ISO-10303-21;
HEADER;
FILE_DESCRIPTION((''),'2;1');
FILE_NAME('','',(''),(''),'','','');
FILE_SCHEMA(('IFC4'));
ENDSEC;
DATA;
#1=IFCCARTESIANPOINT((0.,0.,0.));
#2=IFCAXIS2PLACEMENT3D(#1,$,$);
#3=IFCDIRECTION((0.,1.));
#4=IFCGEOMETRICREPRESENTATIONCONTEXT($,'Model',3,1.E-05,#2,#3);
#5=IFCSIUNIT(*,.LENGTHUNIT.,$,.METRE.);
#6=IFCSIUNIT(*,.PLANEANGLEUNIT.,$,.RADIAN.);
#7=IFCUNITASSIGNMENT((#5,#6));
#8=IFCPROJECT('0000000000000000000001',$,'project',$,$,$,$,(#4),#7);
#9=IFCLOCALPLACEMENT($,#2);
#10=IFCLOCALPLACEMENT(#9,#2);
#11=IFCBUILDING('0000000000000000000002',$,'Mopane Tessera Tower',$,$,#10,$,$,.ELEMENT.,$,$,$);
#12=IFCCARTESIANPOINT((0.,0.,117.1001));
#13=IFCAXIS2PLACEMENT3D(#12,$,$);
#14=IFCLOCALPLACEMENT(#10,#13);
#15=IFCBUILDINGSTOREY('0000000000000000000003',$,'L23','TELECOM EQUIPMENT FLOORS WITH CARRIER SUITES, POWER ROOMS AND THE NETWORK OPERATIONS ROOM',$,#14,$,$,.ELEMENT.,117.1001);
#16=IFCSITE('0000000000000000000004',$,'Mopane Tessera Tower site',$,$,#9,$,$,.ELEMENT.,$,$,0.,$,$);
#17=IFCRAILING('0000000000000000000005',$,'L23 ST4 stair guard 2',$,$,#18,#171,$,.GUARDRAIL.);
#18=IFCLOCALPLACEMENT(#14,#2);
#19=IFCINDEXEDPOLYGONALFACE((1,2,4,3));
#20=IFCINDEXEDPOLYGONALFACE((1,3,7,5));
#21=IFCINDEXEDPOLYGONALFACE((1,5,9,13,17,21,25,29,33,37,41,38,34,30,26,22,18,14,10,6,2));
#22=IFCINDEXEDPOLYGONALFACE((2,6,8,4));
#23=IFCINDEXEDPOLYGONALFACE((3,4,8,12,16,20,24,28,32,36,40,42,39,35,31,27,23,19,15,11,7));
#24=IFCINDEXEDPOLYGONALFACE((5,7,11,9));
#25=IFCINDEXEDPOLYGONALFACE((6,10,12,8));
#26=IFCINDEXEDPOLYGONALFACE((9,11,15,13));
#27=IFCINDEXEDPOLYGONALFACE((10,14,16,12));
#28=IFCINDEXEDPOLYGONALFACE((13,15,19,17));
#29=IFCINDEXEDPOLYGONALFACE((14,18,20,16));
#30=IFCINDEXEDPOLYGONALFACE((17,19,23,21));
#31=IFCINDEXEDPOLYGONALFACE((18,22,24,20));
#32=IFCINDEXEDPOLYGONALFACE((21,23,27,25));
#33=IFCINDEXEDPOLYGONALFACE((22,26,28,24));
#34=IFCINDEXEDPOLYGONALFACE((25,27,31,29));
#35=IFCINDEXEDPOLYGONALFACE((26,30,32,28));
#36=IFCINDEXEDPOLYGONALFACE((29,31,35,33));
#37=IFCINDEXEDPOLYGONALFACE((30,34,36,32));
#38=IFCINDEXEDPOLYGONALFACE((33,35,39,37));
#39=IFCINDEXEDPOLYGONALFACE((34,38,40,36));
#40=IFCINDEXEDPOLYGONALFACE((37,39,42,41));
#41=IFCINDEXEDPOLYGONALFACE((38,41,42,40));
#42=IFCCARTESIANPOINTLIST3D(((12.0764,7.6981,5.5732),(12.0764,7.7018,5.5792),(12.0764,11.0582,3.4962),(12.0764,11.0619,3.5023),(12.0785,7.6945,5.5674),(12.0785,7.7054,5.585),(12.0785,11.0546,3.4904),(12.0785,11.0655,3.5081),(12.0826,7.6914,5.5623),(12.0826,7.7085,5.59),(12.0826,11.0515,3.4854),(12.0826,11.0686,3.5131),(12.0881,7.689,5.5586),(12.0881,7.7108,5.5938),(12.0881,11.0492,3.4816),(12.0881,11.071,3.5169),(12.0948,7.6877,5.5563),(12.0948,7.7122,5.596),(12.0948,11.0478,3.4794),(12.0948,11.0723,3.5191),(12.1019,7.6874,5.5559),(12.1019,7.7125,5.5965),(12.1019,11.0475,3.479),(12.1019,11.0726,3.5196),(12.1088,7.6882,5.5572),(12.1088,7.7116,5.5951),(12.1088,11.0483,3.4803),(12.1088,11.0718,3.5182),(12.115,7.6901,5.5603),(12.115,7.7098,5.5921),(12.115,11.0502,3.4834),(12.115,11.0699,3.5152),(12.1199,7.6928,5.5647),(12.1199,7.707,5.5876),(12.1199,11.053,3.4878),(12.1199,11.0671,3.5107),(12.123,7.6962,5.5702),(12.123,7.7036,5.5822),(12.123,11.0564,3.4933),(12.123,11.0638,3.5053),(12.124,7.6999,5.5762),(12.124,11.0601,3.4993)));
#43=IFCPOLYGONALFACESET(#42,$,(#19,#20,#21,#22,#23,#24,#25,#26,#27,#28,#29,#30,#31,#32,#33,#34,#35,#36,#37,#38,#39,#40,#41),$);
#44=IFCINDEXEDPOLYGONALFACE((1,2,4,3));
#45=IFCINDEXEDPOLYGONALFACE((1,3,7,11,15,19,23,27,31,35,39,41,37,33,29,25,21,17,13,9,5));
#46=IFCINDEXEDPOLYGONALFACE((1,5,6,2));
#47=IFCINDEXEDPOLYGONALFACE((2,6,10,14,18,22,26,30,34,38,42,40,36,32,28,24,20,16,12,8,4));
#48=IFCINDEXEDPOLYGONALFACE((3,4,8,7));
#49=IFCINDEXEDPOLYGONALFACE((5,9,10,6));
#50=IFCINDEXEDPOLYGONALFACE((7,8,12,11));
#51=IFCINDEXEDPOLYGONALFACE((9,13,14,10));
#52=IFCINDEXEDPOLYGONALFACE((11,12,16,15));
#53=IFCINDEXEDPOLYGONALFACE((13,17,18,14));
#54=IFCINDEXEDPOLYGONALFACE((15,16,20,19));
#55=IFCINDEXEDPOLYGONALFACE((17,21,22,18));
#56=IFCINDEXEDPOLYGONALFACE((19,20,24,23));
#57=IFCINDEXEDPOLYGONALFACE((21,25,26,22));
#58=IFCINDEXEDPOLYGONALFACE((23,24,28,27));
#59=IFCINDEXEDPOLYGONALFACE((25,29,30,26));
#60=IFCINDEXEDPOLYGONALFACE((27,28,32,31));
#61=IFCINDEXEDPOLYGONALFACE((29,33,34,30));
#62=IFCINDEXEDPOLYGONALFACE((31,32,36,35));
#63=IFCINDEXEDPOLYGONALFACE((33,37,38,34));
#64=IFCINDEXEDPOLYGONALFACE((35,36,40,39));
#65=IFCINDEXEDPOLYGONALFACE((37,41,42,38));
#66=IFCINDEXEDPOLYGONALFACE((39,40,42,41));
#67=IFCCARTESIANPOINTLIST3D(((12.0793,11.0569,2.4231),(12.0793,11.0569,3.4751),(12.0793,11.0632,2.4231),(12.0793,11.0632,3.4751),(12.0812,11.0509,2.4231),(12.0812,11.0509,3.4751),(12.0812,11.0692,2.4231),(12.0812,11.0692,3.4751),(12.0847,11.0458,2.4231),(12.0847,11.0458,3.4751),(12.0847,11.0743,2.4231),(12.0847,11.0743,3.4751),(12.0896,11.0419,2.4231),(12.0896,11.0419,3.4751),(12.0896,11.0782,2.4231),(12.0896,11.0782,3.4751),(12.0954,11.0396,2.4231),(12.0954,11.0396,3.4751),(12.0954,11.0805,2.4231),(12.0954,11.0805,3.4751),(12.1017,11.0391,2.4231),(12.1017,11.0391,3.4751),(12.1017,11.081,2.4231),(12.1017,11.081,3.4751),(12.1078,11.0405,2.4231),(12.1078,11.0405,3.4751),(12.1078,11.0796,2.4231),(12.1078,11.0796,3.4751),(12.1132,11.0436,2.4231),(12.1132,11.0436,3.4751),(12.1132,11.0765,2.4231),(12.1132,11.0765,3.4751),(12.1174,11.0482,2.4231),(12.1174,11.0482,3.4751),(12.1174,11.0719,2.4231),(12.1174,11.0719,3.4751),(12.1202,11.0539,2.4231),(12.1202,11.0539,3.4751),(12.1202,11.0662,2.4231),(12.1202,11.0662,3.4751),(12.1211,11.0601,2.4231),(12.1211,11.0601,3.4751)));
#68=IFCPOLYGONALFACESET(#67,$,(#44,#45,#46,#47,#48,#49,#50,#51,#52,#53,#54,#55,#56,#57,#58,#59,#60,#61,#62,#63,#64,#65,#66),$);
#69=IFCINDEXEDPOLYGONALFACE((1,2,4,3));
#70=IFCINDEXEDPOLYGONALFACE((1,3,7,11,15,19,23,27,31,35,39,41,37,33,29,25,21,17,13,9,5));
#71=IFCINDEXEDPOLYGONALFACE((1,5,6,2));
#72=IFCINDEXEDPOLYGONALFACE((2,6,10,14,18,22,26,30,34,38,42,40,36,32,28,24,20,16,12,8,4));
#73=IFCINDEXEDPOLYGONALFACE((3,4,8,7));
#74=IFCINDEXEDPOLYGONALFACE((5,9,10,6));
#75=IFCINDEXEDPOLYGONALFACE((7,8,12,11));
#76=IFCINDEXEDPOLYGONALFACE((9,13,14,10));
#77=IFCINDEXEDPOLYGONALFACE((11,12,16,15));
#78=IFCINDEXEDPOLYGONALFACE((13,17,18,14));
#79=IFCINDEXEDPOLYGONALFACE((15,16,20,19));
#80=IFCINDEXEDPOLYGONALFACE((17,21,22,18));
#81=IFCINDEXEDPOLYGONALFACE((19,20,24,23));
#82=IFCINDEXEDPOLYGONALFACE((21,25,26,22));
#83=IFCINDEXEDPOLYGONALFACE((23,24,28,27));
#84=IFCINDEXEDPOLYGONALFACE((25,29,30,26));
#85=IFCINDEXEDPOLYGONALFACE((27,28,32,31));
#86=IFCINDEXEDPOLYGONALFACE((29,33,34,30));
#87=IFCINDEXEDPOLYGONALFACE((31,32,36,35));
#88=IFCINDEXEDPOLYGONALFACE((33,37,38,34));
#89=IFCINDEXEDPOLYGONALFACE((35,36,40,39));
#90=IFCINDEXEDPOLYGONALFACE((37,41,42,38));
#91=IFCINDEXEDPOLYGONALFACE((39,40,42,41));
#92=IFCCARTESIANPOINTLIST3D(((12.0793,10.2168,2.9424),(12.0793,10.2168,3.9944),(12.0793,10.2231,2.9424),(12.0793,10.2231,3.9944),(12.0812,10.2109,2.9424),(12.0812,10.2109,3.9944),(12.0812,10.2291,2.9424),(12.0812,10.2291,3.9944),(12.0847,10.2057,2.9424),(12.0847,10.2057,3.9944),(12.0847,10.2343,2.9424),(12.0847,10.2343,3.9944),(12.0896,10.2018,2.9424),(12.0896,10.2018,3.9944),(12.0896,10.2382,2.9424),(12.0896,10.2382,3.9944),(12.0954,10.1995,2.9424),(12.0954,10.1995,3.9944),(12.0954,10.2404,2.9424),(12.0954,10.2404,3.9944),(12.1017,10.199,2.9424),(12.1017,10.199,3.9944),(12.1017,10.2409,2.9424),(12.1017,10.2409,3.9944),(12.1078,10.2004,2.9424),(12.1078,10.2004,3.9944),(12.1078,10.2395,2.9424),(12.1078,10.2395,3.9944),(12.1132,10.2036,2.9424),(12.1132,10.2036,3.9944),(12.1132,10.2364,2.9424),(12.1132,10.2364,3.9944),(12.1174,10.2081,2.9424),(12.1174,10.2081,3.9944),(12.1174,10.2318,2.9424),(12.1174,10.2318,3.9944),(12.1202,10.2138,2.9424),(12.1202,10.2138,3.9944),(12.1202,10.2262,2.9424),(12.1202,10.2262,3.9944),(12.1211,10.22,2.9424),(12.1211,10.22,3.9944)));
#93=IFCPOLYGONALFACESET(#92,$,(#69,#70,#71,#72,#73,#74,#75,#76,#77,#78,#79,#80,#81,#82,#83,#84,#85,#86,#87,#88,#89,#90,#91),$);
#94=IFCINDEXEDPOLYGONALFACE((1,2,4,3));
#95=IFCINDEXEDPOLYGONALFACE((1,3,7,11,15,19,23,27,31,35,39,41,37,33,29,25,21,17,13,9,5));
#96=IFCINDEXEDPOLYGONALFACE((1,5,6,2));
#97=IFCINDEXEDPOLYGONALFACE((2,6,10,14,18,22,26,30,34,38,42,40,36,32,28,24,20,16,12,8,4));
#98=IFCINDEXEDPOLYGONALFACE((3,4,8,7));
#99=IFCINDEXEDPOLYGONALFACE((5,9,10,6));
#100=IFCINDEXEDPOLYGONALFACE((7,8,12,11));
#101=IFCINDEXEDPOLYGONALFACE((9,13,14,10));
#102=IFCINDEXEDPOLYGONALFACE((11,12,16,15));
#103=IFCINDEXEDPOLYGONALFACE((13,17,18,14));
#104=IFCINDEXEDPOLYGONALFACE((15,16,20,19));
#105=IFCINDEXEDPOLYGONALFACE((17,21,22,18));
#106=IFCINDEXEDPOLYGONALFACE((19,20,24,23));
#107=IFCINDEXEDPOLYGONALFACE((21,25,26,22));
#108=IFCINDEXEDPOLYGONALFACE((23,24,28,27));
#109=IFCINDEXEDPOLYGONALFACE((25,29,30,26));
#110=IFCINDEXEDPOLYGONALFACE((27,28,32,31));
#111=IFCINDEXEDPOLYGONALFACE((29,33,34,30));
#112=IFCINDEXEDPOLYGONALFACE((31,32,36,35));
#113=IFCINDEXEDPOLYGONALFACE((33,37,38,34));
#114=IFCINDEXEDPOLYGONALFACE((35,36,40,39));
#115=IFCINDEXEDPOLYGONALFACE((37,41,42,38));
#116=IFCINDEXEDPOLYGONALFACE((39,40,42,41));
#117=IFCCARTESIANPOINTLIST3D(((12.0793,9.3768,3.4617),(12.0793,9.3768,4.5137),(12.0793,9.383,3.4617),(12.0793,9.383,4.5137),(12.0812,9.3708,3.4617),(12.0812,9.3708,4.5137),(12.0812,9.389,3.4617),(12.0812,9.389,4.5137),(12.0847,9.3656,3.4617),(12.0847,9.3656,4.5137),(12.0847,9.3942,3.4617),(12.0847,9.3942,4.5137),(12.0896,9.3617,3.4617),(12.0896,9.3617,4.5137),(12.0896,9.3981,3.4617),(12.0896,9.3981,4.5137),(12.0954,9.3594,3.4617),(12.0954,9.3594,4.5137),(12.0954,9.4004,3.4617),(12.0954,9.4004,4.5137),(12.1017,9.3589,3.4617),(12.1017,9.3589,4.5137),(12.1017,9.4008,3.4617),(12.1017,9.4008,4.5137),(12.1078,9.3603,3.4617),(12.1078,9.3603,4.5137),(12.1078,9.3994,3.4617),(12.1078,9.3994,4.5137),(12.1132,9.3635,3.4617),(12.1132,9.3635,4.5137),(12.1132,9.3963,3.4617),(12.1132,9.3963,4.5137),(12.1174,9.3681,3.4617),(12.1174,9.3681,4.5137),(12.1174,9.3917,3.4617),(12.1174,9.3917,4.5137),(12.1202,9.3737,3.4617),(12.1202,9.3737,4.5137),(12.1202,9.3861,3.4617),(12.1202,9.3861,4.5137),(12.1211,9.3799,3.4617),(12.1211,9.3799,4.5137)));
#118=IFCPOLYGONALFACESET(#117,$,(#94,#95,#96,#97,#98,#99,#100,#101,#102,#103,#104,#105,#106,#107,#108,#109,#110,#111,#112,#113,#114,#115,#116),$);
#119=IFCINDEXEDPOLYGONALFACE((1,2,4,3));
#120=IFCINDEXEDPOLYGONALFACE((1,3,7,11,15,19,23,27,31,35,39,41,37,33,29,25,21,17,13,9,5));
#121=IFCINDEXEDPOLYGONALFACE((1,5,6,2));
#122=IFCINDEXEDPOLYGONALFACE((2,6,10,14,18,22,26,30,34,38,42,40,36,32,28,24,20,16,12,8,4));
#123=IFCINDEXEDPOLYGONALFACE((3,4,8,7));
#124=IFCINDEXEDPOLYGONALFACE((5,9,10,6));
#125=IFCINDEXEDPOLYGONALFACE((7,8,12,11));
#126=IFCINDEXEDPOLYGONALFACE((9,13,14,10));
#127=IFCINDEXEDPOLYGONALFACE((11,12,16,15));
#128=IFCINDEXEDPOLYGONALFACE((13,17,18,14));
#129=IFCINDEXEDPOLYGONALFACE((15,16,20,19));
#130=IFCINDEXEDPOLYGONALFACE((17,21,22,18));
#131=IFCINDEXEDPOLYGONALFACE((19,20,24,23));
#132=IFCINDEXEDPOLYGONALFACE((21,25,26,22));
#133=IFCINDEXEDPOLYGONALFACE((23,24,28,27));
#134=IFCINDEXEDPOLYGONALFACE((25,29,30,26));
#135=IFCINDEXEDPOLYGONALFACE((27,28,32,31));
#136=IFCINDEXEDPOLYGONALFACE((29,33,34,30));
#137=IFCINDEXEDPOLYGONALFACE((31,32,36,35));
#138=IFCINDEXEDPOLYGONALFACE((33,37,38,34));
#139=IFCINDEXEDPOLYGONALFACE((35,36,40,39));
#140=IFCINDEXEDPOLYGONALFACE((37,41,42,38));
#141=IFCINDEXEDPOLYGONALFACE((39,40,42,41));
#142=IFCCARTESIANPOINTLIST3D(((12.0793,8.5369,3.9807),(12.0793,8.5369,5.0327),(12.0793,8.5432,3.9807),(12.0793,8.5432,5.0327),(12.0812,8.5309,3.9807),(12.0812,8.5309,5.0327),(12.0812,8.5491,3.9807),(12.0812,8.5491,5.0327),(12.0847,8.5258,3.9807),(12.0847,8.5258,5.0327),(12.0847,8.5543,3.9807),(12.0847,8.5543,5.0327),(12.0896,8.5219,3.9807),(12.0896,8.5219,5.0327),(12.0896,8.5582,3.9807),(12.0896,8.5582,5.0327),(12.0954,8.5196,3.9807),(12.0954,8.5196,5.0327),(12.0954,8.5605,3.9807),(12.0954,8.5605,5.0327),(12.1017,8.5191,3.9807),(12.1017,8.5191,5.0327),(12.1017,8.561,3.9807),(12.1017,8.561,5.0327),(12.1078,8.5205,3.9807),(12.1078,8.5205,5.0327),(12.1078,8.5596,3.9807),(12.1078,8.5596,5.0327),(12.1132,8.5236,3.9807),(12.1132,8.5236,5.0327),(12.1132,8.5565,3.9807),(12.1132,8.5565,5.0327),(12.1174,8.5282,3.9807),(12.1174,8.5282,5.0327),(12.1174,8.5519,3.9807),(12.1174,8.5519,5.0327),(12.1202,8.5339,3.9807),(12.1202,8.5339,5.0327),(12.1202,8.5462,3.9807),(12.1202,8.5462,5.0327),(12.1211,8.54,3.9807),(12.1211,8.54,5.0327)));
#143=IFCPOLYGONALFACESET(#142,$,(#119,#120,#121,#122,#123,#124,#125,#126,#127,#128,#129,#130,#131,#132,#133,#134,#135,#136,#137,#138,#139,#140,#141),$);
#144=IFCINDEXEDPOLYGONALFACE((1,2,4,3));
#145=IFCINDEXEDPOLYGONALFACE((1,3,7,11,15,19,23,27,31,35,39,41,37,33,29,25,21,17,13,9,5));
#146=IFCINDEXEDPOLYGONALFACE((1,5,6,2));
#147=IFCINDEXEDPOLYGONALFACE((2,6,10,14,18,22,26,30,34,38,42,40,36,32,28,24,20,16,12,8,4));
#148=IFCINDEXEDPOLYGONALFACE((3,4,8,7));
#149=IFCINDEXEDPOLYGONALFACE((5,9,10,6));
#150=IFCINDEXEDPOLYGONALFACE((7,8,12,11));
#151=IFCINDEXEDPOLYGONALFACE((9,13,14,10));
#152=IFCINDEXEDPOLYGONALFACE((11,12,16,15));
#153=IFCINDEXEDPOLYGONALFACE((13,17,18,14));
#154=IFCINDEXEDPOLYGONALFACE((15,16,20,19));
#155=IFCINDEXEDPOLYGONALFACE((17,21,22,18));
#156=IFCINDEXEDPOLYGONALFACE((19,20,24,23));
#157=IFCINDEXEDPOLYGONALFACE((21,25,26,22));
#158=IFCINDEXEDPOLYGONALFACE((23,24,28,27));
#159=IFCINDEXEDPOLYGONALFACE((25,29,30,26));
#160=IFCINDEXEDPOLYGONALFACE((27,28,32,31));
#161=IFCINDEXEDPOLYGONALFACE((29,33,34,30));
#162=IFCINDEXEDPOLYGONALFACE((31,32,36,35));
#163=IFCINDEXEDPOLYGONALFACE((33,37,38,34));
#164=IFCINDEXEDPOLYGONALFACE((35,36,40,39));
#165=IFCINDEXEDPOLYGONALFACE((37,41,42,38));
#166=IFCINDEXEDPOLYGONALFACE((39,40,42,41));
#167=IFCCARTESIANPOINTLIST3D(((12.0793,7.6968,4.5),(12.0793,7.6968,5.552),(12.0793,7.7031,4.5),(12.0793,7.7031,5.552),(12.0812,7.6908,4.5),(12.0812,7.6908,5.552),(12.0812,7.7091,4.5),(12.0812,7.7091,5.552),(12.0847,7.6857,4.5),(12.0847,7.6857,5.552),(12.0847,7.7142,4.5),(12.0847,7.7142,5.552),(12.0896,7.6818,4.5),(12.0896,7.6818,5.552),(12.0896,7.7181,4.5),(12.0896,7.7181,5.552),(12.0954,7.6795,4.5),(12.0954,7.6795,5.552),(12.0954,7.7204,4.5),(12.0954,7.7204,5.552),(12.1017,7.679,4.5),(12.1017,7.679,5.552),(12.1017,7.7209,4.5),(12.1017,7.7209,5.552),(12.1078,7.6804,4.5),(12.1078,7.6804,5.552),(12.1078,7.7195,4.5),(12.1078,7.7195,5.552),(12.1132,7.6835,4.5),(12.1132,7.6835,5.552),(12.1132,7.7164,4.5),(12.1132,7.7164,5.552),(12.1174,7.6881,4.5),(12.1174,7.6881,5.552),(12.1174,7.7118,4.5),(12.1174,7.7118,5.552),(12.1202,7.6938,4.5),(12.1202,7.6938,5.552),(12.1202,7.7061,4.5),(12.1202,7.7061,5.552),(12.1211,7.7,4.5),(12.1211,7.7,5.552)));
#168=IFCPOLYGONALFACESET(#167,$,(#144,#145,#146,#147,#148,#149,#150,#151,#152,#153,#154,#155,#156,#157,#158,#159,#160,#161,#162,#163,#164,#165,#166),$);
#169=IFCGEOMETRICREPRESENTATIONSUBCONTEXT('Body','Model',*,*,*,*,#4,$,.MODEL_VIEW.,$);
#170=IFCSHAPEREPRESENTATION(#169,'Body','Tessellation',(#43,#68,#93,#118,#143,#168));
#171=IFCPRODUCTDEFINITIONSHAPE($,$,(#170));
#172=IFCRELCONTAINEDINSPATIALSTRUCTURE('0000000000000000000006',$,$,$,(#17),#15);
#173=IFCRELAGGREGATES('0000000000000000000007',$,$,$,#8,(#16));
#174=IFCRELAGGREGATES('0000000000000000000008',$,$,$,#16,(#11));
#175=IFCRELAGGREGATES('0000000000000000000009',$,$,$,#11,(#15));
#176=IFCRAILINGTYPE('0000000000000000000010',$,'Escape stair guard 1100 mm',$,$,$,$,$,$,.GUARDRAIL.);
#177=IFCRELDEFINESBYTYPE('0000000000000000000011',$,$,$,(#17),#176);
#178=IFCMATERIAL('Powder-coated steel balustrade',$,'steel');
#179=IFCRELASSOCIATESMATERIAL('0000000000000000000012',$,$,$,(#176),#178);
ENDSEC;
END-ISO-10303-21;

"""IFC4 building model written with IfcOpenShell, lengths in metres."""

from ifc_helpers import new_model, si_unit, direction, frame, origin, origin_2d, place, context, subcontext, project, spatial, circle, extrude, material, type_object, element, save


model = new_model("IFC4")

# Units and contexts
model_context = context("Model", 3, precision=1e-05, world=origin(), true_north=direction((0.0, 1.0)))
body_context = subcontext(model_context, "Body", "Model", "MODEL_VIEW")
ifc_project = project(units=[si_unit("LENGTHUNIT", "METRE"), si_unit("PLANEANGLEUNIT", "RADIAN")], contexts=[model_context])

# Site, building, storey
site_placement = place(None, origin())
site = spatial("IfcSite", under=ifc_project, at=site_placement, Name="Mopane Tessera Tower site", CompositionType="ELEMENT", RefElevation=0.0)
building_placement = place(site_placement, origin())
building = spatial("IfcBuilding", under=site, at=building_placement, Name="Mopane Tessera Tower", CompositionType="ELEMENT")
storey_placement = place(building_placement, frame((0.0, 0.0, 117.1001)))
storey = spatial("IfcBuildingStorey", under=building, at=storey_placement, Name="L23", Description="TELECOM EQUIPMENT FLOORS WITH CARRIER SUITES, POWER ROOMS AND THE NETWORK OPERATIONS ROOM", CompositionType="ELEMENT", Elevation=117.1001)

# Railing
ifc_material_1 = material(Name="Powder-coated steel balustrade", Category="steel")
railing_type_1 = type_object("IfcRailingType", Name="Escape stair guard 1100 mm", PredefinedType="GUARDRAIL", material=ifc_material_1)
railing_1_placement = place(storey_placement, frame((12.1001, 11.0601, 2.4231)))
element("IfcRailing", 1, at=railing_1_placement, inside=storey, type_object=railing_type_1, Name="L23 ST4 stair guard 2", PredefinedType="GUARDRAIL", context=body_context, shape_type="SweptSolid", body=[
    extrude(circle(Radius=0.0239, at=origin_2d()), frame((0.0, 0.0, 1.0762), z_axis=(0.0, -0.850623, 0.525776), x_axis=(1.0, 0.0, 0.0)), (0.0, 0.0, 1.0), 3.9502),
    extrude(circle(Radius=0.021, at=origin_2d()), origin(), (0.0, 0.0, 1.0), 1.052),
    extrude(circle(Radius=0.021, at=origin_2d()), frame((0.0, -0.8401, 0.5193)), (0.0, 0.0, 1.0), 1.052),
    extrude(circle(Radius=0.021, at=origin_2d()), frame((0.0, -1.6802, 1.0386)), (0.0, 0.0, 1.0), 1.052),
    extrude(circle(Radius=0.021, at=origin_2d()), frame((0.0, -2.52, 1.5576)), (0.0, 0.0, 1.0), 1.052),
    extrude(circle(Radius=0.021, at=origin_2d()), frame((0.0, -3.3601, 2.0769)), (0.0, 0.0, 1.0), 1.052),
])

save(model, "model.ifc")
